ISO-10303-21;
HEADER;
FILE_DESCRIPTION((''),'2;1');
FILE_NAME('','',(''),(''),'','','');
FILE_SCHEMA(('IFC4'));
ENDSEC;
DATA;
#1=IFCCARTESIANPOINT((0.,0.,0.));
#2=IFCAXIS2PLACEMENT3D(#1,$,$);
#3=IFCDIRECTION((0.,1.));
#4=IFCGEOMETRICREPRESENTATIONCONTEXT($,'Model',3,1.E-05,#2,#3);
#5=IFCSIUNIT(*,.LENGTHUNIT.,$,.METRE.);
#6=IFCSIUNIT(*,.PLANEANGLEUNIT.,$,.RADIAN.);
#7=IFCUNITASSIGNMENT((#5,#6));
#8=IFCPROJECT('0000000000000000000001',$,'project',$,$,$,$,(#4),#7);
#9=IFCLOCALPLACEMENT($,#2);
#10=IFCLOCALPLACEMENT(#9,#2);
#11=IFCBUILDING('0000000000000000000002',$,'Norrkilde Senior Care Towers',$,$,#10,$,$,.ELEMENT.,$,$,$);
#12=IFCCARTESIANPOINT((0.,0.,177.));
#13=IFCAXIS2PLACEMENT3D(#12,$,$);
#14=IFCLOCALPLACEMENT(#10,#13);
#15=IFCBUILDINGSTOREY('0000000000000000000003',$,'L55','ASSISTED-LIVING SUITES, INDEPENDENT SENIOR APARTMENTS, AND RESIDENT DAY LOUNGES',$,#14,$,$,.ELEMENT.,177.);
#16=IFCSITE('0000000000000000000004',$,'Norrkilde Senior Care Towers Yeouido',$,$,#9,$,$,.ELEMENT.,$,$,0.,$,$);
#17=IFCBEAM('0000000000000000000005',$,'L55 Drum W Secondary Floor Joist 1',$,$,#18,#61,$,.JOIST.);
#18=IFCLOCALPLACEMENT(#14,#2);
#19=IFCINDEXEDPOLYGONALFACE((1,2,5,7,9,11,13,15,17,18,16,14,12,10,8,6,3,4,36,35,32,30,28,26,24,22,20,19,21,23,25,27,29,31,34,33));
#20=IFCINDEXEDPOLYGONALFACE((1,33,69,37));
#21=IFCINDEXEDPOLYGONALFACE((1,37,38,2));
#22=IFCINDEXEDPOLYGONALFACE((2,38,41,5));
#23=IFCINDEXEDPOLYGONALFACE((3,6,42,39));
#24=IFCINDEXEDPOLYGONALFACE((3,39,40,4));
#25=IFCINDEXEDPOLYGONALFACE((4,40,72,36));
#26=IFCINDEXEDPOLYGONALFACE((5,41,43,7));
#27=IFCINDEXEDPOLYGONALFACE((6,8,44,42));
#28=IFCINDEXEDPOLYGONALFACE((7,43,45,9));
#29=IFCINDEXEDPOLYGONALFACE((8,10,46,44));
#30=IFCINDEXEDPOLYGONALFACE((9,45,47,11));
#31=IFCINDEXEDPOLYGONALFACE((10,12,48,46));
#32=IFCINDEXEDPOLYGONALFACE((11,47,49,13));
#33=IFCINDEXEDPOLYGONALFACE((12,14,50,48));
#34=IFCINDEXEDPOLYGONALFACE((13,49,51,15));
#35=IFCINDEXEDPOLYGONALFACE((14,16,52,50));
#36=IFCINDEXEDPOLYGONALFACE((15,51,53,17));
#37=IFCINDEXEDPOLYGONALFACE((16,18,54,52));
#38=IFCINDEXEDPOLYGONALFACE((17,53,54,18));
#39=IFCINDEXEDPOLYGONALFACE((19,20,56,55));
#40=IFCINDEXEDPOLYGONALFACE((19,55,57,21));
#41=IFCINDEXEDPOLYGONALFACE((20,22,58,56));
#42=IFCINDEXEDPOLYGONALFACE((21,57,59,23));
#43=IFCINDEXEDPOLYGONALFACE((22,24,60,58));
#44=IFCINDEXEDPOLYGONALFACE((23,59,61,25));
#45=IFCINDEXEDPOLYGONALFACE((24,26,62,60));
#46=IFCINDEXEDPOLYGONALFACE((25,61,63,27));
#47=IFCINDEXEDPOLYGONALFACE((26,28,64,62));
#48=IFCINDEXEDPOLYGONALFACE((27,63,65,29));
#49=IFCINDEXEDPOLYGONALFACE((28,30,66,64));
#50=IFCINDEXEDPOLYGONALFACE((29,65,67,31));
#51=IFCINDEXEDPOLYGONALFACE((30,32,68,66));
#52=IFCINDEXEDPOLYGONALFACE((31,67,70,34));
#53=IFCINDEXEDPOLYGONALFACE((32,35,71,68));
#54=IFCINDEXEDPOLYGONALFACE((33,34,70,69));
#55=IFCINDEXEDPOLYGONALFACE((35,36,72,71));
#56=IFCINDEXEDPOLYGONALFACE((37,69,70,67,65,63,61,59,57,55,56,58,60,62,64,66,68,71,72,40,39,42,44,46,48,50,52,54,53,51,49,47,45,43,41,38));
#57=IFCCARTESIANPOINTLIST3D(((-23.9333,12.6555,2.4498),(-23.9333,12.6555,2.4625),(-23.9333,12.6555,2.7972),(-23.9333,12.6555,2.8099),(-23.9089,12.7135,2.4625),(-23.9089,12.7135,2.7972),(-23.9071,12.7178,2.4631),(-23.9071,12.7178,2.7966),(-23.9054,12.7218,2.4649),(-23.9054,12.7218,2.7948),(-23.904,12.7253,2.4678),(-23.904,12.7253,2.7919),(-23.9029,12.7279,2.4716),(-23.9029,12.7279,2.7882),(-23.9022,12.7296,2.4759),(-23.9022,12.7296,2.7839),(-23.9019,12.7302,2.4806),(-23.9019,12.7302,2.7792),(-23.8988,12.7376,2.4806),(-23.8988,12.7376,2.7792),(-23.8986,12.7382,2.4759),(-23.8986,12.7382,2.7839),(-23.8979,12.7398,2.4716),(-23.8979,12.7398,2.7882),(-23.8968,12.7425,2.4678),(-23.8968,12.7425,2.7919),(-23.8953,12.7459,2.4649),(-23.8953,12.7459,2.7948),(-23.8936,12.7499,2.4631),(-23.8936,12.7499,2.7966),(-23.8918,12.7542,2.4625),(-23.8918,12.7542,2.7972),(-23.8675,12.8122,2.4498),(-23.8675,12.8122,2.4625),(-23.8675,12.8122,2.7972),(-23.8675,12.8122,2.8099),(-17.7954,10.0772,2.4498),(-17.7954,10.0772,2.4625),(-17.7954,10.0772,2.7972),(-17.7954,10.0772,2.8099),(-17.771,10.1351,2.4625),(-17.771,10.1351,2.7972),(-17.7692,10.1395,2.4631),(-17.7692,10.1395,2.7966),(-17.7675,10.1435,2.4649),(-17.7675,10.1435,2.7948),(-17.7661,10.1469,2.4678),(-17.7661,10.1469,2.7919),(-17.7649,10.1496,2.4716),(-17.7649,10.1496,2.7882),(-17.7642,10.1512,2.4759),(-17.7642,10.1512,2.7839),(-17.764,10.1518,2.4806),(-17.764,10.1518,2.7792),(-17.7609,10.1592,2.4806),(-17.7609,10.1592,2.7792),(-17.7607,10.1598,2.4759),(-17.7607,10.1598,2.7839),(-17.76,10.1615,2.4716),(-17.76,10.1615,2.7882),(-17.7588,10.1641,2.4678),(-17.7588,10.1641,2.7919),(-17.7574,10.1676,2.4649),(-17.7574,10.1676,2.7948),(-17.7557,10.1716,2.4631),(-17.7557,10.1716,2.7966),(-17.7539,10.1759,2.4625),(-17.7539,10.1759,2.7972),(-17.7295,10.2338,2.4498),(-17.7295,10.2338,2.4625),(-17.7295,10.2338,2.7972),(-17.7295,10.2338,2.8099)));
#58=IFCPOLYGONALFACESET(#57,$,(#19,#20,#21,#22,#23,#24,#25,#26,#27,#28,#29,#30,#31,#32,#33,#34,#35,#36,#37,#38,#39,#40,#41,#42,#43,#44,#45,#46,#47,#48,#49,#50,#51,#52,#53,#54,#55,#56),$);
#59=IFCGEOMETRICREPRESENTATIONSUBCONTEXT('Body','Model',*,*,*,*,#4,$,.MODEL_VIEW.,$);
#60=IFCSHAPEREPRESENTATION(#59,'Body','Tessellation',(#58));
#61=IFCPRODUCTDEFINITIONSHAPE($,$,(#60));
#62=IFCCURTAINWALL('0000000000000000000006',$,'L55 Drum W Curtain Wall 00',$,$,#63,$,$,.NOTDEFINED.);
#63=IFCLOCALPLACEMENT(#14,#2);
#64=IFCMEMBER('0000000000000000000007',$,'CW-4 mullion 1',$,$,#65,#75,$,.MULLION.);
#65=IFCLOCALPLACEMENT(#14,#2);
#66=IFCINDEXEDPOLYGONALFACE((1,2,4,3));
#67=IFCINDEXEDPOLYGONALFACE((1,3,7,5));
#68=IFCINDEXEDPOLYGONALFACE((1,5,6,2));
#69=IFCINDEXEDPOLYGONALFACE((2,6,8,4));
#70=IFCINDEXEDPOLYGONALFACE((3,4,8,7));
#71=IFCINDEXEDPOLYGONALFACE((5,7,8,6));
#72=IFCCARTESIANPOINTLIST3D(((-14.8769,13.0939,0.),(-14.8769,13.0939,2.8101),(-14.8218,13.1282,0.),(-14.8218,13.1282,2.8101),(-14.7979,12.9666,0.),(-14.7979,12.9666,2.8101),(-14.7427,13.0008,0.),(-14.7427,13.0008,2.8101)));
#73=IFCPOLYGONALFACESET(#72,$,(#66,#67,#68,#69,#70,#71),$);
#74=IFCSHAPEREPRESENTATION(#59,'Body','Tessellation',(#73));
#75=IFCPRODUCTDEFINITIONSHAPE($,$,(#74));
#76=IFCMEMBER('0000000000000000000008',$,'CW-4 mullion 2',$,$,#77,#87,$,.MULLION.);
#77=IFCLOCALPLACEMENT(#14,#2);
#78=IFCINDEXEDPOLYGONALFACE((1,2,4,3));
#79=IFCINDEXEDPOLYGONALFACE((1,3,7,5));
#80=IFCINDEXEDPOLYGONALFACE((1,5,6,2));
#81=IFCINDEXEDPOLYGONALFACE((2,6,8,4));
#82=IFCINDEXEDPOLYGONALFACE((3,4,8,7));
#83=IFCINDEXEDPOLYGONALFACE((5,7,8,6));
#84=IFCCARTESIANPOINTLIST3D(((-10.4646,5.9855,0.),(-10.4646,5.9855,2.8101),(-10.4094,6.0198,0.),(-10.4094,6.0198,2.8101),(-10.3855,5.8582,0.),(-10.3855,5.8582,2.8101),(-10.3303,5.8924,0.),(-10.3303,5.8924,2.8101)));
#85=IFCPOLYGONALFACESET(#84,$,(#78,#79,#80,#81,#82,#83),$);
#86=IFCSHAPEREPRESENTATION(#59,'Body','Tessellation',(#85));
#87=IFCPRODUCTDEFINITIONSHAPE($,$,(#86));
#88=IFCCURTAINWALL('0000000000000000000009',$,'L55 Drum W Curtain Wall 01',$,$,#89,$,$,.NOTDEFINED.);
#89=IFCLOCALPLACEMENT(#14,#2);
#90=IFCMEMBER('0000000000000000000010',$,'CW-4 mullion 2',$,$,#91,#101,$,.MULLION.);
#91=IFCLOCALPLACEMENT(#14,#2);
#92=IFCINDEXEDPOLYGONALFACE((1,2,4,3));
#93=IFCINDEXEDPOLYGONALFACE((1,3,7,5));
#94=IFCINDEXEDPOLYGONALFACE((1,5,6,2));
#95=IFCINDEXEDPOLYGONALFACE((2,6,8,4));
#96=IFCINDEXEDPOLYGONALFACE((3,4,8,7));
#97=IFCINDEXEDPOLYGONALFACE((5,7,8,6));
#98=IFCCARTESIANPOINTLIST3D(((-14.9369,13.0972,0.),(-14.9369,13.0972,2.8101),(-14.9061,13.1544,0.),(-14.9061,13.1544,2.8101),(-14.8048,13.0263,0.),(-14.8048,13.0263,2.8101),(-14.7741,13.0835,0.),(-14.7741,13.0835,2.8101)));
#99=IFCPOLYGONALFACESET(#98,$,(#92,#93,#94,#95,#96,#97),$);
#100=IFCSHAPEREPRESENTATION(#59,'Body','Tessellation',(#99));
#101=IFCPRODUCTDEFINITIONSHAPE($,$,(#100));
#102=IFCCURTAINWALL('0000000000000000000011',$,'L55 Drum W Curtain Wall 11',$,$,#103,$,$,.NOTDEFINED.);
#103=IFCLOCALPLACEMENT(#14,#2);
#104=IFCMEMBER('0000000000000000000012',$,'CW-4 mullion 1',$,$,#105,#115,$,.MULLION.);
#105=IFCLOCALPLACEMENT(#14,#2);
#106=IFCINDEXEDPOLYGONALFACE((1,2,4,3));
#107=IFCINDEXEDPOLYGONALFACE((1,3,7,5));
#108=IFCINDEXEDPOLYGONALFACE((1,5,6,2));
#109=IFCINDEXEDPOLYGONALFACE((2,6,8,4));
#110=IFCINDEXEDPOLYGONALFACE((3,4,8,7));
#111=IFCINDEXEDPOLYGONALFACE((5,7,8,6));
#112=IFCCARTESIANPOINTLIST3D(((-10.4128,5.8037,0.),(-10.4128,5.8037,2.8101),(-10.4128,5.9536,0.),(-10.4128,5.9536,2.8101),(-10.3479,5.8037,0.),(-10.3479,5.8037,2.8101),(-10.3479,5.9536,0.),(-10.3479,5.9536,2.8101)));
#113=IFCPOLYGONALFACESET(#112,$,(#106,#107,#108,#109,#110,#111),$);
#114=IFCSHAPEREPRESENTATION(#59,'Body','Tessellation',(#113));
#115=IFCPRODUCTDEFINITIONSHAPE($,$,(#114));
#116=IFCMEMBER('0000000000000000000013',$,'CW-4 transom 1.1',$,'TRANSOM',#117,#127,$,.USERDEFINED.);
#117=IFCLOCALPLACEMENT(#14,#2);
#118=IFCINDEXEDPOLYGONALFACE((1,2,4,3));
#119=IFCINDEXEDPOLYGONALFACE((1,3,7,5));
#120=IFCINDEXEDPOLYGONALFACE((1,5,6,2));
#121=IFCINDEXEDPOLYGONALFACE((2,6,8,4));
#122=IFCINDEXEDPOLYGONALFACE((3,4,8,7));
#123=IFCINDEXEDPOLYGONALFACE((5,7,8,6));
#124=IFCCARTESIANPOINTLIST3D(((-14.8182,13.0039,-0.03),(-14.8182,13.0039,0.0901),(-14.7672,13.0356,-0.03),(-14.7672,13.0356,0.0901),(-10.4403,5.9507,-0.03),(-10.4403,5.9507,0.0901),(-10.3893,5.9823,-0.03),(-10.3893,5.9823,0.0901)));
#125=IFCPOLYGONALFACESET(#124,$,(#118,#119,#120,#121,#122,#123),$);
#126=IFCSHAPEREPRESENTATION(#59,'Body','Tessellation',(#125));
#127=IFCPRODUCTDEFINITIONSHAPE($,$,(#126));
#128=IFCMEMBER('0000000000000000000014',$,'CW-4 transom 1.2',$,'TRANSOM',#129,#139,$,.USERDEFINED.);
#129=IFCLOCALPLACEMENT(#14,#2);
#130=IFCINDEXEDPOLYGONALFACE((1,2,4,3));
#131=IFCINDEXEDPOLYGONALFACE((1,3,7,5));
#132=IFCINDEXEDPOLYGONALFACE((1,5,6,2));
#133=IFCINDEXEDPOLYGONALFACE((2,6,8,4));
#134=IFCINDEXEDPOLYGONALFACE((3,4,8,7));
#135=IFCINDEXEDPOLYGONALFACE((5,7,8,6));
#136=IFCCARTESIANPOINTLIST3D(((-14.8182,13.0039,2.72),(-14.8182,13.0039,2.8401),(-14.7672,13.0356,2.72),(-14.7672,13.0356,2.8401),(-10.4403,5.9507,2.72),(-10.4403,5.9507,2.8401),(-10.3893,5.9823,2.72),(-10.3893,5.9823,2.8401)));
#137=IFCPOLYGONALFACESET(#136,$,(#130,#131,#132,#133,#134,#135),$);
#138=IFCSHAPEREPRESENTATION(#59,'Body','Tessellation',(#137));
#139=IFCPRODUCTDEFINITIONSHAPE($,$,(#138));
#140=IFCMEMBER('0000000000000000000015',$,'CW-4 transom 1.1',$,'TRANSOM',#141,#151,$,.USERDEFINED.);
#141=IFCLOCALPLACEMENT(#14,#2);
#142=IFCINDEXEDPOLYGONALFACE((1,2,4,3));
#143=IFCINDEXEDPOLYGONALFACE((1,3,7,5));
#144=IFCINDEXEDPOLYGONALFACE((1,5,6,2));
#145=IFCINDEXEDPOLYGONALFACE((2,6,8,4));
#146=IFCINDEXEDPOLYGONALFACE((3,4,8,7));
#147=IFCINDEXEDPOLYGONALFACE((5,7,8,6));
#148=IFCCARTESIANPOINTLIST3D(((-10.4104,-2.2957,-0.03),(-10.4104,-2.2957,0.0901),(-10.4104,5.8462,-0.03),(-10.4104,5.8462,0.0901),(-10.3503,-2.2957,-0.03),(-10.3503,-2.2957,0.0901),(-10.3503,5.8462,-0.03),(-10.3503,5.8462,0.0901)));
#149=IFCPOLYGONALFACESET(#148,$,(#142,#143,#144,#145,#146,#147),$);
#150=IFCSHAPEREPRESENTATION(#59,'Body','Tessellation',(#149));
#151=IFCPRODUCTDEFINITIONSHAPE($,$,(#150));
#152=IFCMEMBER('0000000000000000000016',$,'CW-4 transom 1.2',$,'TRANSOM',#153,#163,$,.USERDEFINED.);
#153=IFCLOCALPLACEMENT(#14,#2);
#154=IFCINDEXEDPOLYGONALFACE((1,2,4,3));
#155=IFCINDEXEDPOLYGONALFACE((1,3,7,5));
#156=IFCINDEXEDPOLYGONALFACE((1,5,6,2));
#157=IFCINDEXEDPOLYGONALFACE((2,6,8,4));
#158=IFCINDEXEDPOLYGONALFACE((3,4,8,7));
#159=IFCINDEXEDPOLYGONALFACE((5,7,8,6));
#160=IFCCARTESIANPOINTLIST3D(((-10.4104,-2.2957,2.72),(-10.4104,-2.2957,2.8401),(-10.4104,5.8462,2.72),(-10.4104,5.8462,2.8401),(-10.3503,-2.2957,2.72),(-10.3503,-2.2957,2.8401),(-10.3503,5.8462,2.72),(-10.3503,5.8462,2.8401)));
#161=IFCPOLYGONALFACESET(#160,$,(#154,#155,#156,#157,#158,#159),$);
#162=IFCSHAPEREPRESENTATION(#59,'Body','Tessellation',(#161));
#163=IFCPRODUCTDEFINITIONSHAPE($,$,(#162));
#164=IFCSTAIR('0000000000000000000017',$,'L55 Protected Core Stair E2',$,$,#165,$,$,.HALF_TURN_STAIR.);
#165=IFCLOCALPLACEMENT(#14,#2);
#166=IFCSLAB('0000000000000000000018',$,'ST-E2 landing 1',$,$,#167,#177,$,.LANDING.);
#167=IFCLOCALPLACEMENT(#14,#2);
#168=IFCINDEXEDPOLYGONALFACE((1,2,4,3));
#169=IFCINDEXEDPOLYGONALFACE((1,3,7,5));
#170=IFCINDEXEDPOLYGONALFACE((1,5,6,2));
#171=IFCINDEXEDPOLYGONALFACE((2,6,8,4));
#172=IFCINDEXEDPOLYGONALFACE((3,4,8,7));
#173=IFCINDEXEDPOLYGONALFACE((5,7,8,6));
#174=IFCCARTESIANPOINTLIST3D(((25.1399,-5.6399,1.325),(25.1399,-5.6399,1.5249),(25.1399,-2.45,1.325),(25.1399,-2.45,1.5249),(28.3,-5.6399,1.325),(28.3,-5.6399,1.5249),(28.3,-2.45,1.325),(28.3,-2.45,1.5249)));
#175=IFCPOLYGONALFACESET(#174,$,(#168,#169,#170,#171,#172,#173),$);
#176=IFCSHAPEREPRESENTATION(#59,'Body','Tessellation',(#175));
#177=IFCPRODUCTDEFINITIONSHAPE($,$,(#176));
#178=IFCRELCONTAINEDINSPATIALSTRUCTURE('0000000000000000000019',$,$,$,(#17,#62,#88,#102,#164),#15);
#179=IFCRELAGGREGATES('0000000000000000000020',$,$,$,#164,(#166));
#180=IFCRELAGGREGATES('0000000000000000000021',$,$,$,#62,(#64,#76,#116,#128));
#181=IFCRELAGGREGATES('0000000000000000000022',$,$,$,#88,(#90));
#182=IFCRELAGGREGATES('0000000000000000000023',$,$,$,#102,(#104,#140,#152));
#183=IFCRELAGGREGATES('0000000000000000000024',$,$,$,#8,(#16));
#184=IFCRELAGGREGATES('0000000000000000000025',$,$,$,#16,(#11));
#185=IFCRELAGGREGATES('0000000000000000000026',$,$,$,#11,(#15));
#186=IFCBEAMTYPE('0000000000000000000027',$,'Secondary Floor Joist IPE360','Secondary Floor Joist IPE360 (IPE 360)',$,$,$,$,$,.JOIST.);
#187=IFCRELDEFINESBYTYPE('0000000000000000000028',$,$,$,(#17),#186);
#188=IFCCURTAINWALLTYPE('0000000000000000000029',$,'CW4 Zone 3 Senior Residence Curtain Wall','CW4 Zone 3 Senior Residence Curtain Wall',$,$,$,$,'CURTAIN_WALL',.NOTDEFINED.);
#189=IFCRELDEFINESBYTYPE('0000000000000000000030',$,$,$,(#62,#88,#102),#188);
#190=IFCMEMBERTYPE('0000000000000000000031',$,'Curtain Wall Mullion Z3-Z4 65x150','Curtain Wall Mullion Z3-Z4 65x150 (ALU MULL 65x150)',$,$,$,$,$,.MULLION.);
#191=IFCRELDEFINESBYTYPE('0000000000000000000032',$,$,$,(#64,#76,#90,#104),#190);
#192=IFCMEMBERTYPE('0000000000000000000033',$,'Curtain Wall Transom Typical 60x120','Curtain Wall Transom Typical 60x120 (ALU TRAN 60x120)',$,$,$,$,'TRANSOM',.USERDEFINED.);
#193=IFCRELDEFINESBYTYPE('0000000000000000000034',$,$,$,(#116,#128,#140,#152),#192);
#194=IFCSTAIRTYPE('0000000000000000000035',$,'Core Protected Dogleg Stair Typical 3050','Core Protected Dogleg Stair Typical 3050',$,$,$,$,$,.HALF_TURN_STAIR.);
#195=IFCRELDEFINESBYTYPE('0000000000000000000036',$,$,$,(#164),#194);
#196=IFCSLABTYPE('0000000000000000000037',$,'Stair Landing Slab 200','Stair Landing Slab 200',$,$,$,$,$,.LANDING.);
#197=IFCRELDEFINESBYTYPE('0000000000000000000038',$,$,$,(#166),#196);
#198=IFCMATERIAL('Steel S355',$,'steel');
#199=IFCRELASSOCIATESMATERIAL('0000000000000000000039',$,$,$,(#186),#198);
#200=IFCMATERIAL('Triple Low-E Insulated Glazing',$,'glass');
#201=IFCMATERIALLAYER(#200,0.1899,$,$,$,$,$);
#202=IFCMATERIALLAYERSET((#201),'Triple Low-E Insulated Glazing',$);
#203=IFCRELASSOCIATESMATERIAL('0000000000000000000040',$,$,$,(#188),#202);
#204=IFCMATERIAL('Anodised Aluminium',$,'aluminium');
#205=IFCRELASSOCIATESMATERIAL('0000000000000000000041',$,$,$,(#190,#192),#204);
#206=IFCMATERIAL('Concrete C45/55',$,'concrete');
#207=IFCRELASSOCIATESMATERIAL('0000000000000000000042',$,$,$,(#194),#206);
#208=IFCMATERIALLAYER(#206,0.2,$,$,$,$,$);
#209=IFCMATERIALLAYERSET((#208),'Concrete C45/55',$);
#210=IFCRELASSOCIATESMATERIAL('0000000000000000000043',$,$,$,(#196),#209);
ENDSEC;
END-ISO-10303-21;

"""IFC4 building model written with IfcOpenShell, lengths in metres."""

from ifc_helpers import new_model, si_unit, direction, frame, origin, origin_2d, place, context, subcontext, project, spatial, polyline, rectangle, i_section, outline, extrude, source, transform, mapped, material, layer, layer_set, material_profile, profile_set, type_object, type_shapes, element, aggregate, save


model = new_model("IFC4")

# Units and contexts
model_context = context("Model", 3, precision=1e-05, world=origin(), true_north=direction((0.0, 1.0)))
body_context = subcontext(model_context, "Body", "Model", "MODEL_VIEW")
ifc_project = project(units=[si_unit("LENGTHUNIT", "METRE"), si_unit("PLANEANGLEUNIT", "RADIAN")], contexts=[model_context])

# Site, building, storey
site_placement = place(None, origin())
site = spatial("IfcSite", under=ifc_project, at=site_placement, Name="Norrkilde Senior Care Towers Yeouido", CompositionType="ELEMENT", RefElevation=0.0)
building_placement = place(site_placement, origin())
building = spatial("IfcBuilding", under=site, at=building_placement, Name="Norrkilde Senior Care Towers", CompositionType="ELEMENT")
storey_placement = place(building_placement, frame((0.0, 0.0, 177.0)))
storey = spatial("IfcBuildingStorey", under=building, at=storey_placement, Name="L55", Description="ASSISTED-LIVING SUITES, INDEPENDENT SENIOR APARTMENTS, AND RESIDENT DAY LOUNGES", CompositionType="ELEMENT", Elevation=177.0)

# Beam
ifc_material_1 = material(Name="Steel S355", Category="steel")
ifc_material_profile_1 = material_profile(ifc_material_1, i_section(OverallWidth=0.1699, OverallDepth=0.3601, WebThickness=0.0081, FlangeThickness=0.0127, FilletRadius=0.0181, at=origin_2d()), Name="IPE 360")
ifc_profile_set_1 = profile_set([ifc_material_profile_1], Name="Steel S355")
beam_type_1 = type_object("IfcBeamType", Name="Secondary Floor Joist IPE360", Description="Secondary Floor Joist IPE360 (IPE 360)", PredefinedType="JOIST", material=ifc_profile_set_1)
shared_shape_1 = source(origin(), body_context, "Body", "SweptSolid", [
    extrude(i_section(OverallWidth=0.1699, OverallDepth=0.3601, WebThickness=0.0081, FlangeThickness=0.0127, FilletRadius=0.0181, at=origin_2d()), origin(), (0.0, 0.0, 1.0), 6.6575),
])
type_shapes(beam_type_1, [shared_shape_1])
beam_1_placement = place(storey_placement, frame((-17.7625, 10.1555, 2.6299), z_axis=(-0.921959, 0.387288, 0.0), x_axis=(-0.387288, -0.921959, 0.0)))
element("IfcBeam", 1, at=beam_1_placement, inside=storey, type_object=beam_type_1, Name="L55 Drum W Secondary Floor Joist 1", PredefinedType="JOIST", context=body_context, shape_type="MappedRepresentation", body=[
    mapped(shared_shape_1, transform((0.0, 0.0, 0.0), x_axis=(1.0, 0.0, 0.0), y_axis=(0.0, 1.0, 0.0), z_axis=(0.0, 0.0, 1.0), scale=1.0)),
])

# Curtain wall, members
ifc_material_2 = material(Name="Triple Low-E Insulated Glazing", Category="glass")
ifc_layer_1 = layer(ifc_material_2, 0.1899)
ifc_layer_set_1 = layer_set([ifc_layer_1], Name="Triple Low-E Insulated Glazing")
curtain_wall_type = type_object("IfcCurtainWallType", Name="CW4 Zone 3 Senior Residence Curtain Wall", Description="CW4 Zone 3 Senior Residence Curtain Wall", ElementType="CURTAIN_WALL", PredefinedType="NOTDEFINED", material=ifc_layer_set_1)
curtain_wall_1_placement = place(storey_placement, origin())
curtain_wall_1 = element("IfcCurtainWall", 2, at=curtain_wall_1_placement, inside=storey, type_object=curtain_wall_type, Name="L55 Drum W Curtain Wall 00", PredefinedType="NOTDEFINED")
ifc_material_3 = material(Name="Anodised Aluminium", Category="aluminium")
ifc_material_profile_2 = material_profile(ifc_material_3, rectangle(XDim=0.0649, YDim=0.1499, at=origin_2d()), Name="ALU MULL 65x150")
ifc_profile_set_2 = profile_set([ifc_material_profile_2], Name="Anodised Aluminium")
member_type_1 = type_object("IfcMemberType", Name="Curtain Wall Mullion Z3-Z4 65x150", Description="Curtain Wall Mullion Z3-Z4 65x150 (ALU MULL 65x150)", PredefinedType="MULLION", material=ifc_profile_set_2)
shared_shape_2 = source(origin(), body_context, "Body", "SweptSolid", [
    extrude(rectangle(XDim=0.0649, YDim=0.1499, at=origin_2d()), origin(), (0.0, 0.0, 1.0), 2.8101),
])
type_shapes(member_type_1, [shared_shape_2])
member_1_placement = place(storey_placement, frame((-14.8098, 13.0474, 0.0), z_axis=(0.0, 0.0, 1.0), x_axis=(0.849634, 0.527373, 0.0)))
member_1 = element("IfcMember", 3, at=member_1_placement, type_object=member_type_1, Name="CW-4 mullion 1", PredefinedType="MULLION", context=body_context, shape_type="MappedRepresentation", body=[
    mapped(shared_shape_2, transform((0.0, 0.0, 0.0), x_axis=(1.0, 0.0, 0.0), y_axis=(0.0, 1.0, 0.0), z_axis=(0.0, 0.0, 1.0), scale=1.0)),
])
member_2_placement = place(storey_placement, frame((-10.3975, 5.939, 0.0), z_axis=(0.0, 0.0, 1.0), x_axis=(0.849634, 0.527373, 0.0)))
member_2 = element("IfcMember", 4, at=member_2_placement, type_object=member_type_1, Name="CW-4 mullion 2", PredefinedType="MULLION", context=body_context, shape_type="MappedRepresentation", body=[
    mapped(shared_shape_2, transform((0.0, 0.0, 0.0), x_axis=(1.0, 0.0, 0.0), y_axis=(0.0, 1.0, 0.0), z_axis=(0.0, 0.0, 1.0), scale=1.0)),
])

# Curtain walls, members
curtain_wall_2_placement = place(storey_placement, origin())
curtain_wall_2 = element("IfcCurtainWall", 5, at=curtain_wall_2_placement, inside=storey, type_object=curtain_wall_type, Name="L55 Drum W Curtain Wall 01", PredefinedType="NOTDEFINED")
member_3_placement = place(storey_placement, frame((-14.8555, 13.0903, 0.0), z_axis=(0.0, 0.0, 1.0), x_axis=(0.473117, 0.881, 0.0)))
member_3 = element("IfcMember", 6, at=member_3_placement, type_object=member_type_1, Name="CW-4 mullion 2", PredefinedType="MULLION", context=body_context, shape_type="MappedRepresentation", body=[
    mapped(shared_shape_2, transform((0.0, 0.0, 0.0), x_axis=(1.0, 0.0, 0.0), y_axis=(0.0, 1.0, 0.0), z_axis=(0.0, 0.0, 1.0), scale=1.0)),
])
curtain_wall_3_placement = place(storey_placement, origin())
curtain_wall_3 = element("IfcCurtainWall", 7, at=curtain_wall_3_placement, inside=storey, type_object=curtain_wall_type, Name="L55 Drum W Curtain Wall 11", PredefinedType="NOTDEFINED")
member_4_placement = place(storey_placement, frame((-10.3804, 5.8787, 0.0), z_axis=(0.0, 0.0, 1.0), x_axis=(1.0, 0.0, 0.0)))
member_4 = element("IfcMember", 8, at=member_4_placement, type_object=member_type_1, Name="CW-4 mullion 1", PredefinedType="MULLION", context=body_context, shape_type="MappedRepresentation", body=[
    mapped(shared_shape_2, transform((0.0, 0.0, 0.0), x_axis=(1.0, 0.0, 0.0), y_axis=(0.0, 1.0, 0.0), z_axis=(0.0, 0.0, 1.0), scale=1.0)),
])

# Members
ifc_material_profile_3 = material_profile(ifc_material_3, rectangle(XDim=0.0601, YDim=0.1201, at=origin_2d()), Name="ALU TRAN 60x120")
ifc_profile_set_3 = profile_set([ifc_material_profile_3], Name="Anodised Aluminium")
member_type_2 = type_object("IfcMemberType", Name="Curtain Wall Transom Typical 60x120", Description="Curtain Wall Transom Typical 60x120 (ALU TRAN 60x120)", ElementType="TRANSOM", PredefinedType="USERDEFINED", material=ifc_profile_set_3)
shared_shape_3 = source(origin(), body_context, "Body", "SweptSolid", [
    extrude(rectangle(XDim=0.0601, YDim=0.1201, at=origin_2d()), origin(), (0.0, 0.0, 1.0), 8.3015),
])
member_5_placement = place(storey_placement, frame((-14.7927, 13.0198, 0.03), z_axis=(0.527369, -0.849637, 0.0), x_axis=(0.849637, 0.527369, 0.0)))
member_5 = element("IfcMember", 9, at=member_5_placement, type_object=member_type_2, Name="CW-4 transom 1.1", ObjectType="TRANSOM", PredefinedType="USERDEFINED", context=body_context, shape_type="MappedRepresentation", body=[
    mapped(shared_shape_3, transform((0.0, 0.0, 0.0), x_axis=(1.0, 0.0, 0.0), y_axis=(0.0, 1.0, 0.0), z_axis=(0.0, 0.0, 1.0), scale=1.0)),
])
member_6_placement = place(storey_placement, frame((-14.7927, 13.0198, 2.78), z_axis=(0.527369, -0.849637, 0.0), x_axis=(0.849637, 0.527369, 0.0)))
member_6 = element("IfcMember", 10, at=member_6_placement, type_object=member_type_2, Name="CW-4 transom 1.2", ObjectType="TRANSOM", PredefinedType="USERDEFINED", context=body_context, shape_type="MappedRepresentation", body=[
    mapped(shared_shape_3, transform((0.0, 0.0, 0.0), x_axis=(1.0, 0.0, 0.0), y_axis=(0.0, 1.0, 0.0), z_axis=(0.0, 0.0, 1.0), scale=1.0)),
])
shared_shape_4 = source(origin(), body_context, "Body", "SweptSolid", [
    extrude(rectangle(XDim=0.0601, YDim=0.1201, at=origin_2d()), origin(), (0.0, 0.0, 1.0), 8.1418),
])
type_shapes(member_type_2, [shared_shape_3, shared_shape_4])
member_7_placement = place(storey_placement, frame((-10.3804, 5.8462, 0.03), z_axis=(0.0, -1.0, 0.0), x_axis=(1.0, 0.0, 0.0)))
member_7 = element("IfcMember", 11, at=member_7_placement, type_object=member_type_2, Name="CW-4 transom 1.1", ObjectType="TRANSOM", PredefinedType="USERDEFINED", context=body_context, shape_type="MappedRepresentation", body=[
    mapped(shared_shape_4, transform((0.0, 0.0, 0.0), x_axis=(1.0, 0.0, 0.0), y_axis=(0.0, 1.0, 0.0), z_axis=(0.0, 0.0, 1.0), scale=1.0)),
])
member_8_placement = place(storey_placement, frame((-10.3804, 5.8462, 2.78), z_axis=(0.0, -1.0, 0.0), x_axis=(1.0, 0.0, 0.0)))
member_8 = element("IfcMember", 12, at=member_8_placement, type_object=member_type_2, Name="CW-4 transom 1.2", ObjectType="TRANSOM", PredefinedType="USERDEFINED", context=body_context, shape_type="MappedRepresentation", body=[
    mapped(shared_shape_4, transform((0.0, 0.0, 0.0), x_axis=(1.0, 0.0, 0.0), y_axis=(0.0, 1.0, 0.0), z_axis=(0.0, 0.0, 1.0), scale=1.0)),
])

# Stair, slab
ifc_material_4 = material(Name="Concrete C45/55", Category="concrete")
stair_type = type_object("IfcStairType", Name="Core Protected Dogleg Stair Typical 3050", Description="Core Protected Dogleg Stair Typical 3050", PredefinedType="HALF_TURN_STAIR", material=ifc_material_4)
stair_placement = place(storey_placement, origin())
stair = element("IfcStair", 13, at=stair_placement, inside=storey, type_object=stair_type, Name="L55 Protected Core Stair E2", PredefinedType="HALF_TURN_STAIR")
ifc_layer_2 = layer(ifc_material_4, 0.2)
ifc_layer_set_2 = layer_set([ifc_layer_2], Name="Concrete C45/55")
slab_type = type_object("IfcSlabType", Name="Stair Landing Slab 200", Description="Stair Landing Slab 200", PredefinedType="LANDING", material=ifc_layer_set_2)
slab_placement = place(storey_placement, frame((0.0, 0.0, 1.325)))
slab = element("IfcSlab", 14, at=slab_placement, type_object=slab_type, Name="ST-E2 landing 1", PredefinedType="LANDING", context=body_context, shape_type="SweptSolid", body=[
    extrude(outline(polyline([(25.1399, -5.6399), (28.3, -5.6399), (28.3, -2.45), (25.1399, -2.45), (25.1399, -5.6399)])), origin(), (0.0, 0.0, 1.0), 0.2),
])
aggregate(stair, [slab])

aggregate(curtain_wall_1, [member_1, member_2, member_5, member_6])
aggregate(curtain_wall_2, [member_3])
aggregate(curtain_wall_3, [member_4, member_7, member_8])

save(model, "model.ifc")
